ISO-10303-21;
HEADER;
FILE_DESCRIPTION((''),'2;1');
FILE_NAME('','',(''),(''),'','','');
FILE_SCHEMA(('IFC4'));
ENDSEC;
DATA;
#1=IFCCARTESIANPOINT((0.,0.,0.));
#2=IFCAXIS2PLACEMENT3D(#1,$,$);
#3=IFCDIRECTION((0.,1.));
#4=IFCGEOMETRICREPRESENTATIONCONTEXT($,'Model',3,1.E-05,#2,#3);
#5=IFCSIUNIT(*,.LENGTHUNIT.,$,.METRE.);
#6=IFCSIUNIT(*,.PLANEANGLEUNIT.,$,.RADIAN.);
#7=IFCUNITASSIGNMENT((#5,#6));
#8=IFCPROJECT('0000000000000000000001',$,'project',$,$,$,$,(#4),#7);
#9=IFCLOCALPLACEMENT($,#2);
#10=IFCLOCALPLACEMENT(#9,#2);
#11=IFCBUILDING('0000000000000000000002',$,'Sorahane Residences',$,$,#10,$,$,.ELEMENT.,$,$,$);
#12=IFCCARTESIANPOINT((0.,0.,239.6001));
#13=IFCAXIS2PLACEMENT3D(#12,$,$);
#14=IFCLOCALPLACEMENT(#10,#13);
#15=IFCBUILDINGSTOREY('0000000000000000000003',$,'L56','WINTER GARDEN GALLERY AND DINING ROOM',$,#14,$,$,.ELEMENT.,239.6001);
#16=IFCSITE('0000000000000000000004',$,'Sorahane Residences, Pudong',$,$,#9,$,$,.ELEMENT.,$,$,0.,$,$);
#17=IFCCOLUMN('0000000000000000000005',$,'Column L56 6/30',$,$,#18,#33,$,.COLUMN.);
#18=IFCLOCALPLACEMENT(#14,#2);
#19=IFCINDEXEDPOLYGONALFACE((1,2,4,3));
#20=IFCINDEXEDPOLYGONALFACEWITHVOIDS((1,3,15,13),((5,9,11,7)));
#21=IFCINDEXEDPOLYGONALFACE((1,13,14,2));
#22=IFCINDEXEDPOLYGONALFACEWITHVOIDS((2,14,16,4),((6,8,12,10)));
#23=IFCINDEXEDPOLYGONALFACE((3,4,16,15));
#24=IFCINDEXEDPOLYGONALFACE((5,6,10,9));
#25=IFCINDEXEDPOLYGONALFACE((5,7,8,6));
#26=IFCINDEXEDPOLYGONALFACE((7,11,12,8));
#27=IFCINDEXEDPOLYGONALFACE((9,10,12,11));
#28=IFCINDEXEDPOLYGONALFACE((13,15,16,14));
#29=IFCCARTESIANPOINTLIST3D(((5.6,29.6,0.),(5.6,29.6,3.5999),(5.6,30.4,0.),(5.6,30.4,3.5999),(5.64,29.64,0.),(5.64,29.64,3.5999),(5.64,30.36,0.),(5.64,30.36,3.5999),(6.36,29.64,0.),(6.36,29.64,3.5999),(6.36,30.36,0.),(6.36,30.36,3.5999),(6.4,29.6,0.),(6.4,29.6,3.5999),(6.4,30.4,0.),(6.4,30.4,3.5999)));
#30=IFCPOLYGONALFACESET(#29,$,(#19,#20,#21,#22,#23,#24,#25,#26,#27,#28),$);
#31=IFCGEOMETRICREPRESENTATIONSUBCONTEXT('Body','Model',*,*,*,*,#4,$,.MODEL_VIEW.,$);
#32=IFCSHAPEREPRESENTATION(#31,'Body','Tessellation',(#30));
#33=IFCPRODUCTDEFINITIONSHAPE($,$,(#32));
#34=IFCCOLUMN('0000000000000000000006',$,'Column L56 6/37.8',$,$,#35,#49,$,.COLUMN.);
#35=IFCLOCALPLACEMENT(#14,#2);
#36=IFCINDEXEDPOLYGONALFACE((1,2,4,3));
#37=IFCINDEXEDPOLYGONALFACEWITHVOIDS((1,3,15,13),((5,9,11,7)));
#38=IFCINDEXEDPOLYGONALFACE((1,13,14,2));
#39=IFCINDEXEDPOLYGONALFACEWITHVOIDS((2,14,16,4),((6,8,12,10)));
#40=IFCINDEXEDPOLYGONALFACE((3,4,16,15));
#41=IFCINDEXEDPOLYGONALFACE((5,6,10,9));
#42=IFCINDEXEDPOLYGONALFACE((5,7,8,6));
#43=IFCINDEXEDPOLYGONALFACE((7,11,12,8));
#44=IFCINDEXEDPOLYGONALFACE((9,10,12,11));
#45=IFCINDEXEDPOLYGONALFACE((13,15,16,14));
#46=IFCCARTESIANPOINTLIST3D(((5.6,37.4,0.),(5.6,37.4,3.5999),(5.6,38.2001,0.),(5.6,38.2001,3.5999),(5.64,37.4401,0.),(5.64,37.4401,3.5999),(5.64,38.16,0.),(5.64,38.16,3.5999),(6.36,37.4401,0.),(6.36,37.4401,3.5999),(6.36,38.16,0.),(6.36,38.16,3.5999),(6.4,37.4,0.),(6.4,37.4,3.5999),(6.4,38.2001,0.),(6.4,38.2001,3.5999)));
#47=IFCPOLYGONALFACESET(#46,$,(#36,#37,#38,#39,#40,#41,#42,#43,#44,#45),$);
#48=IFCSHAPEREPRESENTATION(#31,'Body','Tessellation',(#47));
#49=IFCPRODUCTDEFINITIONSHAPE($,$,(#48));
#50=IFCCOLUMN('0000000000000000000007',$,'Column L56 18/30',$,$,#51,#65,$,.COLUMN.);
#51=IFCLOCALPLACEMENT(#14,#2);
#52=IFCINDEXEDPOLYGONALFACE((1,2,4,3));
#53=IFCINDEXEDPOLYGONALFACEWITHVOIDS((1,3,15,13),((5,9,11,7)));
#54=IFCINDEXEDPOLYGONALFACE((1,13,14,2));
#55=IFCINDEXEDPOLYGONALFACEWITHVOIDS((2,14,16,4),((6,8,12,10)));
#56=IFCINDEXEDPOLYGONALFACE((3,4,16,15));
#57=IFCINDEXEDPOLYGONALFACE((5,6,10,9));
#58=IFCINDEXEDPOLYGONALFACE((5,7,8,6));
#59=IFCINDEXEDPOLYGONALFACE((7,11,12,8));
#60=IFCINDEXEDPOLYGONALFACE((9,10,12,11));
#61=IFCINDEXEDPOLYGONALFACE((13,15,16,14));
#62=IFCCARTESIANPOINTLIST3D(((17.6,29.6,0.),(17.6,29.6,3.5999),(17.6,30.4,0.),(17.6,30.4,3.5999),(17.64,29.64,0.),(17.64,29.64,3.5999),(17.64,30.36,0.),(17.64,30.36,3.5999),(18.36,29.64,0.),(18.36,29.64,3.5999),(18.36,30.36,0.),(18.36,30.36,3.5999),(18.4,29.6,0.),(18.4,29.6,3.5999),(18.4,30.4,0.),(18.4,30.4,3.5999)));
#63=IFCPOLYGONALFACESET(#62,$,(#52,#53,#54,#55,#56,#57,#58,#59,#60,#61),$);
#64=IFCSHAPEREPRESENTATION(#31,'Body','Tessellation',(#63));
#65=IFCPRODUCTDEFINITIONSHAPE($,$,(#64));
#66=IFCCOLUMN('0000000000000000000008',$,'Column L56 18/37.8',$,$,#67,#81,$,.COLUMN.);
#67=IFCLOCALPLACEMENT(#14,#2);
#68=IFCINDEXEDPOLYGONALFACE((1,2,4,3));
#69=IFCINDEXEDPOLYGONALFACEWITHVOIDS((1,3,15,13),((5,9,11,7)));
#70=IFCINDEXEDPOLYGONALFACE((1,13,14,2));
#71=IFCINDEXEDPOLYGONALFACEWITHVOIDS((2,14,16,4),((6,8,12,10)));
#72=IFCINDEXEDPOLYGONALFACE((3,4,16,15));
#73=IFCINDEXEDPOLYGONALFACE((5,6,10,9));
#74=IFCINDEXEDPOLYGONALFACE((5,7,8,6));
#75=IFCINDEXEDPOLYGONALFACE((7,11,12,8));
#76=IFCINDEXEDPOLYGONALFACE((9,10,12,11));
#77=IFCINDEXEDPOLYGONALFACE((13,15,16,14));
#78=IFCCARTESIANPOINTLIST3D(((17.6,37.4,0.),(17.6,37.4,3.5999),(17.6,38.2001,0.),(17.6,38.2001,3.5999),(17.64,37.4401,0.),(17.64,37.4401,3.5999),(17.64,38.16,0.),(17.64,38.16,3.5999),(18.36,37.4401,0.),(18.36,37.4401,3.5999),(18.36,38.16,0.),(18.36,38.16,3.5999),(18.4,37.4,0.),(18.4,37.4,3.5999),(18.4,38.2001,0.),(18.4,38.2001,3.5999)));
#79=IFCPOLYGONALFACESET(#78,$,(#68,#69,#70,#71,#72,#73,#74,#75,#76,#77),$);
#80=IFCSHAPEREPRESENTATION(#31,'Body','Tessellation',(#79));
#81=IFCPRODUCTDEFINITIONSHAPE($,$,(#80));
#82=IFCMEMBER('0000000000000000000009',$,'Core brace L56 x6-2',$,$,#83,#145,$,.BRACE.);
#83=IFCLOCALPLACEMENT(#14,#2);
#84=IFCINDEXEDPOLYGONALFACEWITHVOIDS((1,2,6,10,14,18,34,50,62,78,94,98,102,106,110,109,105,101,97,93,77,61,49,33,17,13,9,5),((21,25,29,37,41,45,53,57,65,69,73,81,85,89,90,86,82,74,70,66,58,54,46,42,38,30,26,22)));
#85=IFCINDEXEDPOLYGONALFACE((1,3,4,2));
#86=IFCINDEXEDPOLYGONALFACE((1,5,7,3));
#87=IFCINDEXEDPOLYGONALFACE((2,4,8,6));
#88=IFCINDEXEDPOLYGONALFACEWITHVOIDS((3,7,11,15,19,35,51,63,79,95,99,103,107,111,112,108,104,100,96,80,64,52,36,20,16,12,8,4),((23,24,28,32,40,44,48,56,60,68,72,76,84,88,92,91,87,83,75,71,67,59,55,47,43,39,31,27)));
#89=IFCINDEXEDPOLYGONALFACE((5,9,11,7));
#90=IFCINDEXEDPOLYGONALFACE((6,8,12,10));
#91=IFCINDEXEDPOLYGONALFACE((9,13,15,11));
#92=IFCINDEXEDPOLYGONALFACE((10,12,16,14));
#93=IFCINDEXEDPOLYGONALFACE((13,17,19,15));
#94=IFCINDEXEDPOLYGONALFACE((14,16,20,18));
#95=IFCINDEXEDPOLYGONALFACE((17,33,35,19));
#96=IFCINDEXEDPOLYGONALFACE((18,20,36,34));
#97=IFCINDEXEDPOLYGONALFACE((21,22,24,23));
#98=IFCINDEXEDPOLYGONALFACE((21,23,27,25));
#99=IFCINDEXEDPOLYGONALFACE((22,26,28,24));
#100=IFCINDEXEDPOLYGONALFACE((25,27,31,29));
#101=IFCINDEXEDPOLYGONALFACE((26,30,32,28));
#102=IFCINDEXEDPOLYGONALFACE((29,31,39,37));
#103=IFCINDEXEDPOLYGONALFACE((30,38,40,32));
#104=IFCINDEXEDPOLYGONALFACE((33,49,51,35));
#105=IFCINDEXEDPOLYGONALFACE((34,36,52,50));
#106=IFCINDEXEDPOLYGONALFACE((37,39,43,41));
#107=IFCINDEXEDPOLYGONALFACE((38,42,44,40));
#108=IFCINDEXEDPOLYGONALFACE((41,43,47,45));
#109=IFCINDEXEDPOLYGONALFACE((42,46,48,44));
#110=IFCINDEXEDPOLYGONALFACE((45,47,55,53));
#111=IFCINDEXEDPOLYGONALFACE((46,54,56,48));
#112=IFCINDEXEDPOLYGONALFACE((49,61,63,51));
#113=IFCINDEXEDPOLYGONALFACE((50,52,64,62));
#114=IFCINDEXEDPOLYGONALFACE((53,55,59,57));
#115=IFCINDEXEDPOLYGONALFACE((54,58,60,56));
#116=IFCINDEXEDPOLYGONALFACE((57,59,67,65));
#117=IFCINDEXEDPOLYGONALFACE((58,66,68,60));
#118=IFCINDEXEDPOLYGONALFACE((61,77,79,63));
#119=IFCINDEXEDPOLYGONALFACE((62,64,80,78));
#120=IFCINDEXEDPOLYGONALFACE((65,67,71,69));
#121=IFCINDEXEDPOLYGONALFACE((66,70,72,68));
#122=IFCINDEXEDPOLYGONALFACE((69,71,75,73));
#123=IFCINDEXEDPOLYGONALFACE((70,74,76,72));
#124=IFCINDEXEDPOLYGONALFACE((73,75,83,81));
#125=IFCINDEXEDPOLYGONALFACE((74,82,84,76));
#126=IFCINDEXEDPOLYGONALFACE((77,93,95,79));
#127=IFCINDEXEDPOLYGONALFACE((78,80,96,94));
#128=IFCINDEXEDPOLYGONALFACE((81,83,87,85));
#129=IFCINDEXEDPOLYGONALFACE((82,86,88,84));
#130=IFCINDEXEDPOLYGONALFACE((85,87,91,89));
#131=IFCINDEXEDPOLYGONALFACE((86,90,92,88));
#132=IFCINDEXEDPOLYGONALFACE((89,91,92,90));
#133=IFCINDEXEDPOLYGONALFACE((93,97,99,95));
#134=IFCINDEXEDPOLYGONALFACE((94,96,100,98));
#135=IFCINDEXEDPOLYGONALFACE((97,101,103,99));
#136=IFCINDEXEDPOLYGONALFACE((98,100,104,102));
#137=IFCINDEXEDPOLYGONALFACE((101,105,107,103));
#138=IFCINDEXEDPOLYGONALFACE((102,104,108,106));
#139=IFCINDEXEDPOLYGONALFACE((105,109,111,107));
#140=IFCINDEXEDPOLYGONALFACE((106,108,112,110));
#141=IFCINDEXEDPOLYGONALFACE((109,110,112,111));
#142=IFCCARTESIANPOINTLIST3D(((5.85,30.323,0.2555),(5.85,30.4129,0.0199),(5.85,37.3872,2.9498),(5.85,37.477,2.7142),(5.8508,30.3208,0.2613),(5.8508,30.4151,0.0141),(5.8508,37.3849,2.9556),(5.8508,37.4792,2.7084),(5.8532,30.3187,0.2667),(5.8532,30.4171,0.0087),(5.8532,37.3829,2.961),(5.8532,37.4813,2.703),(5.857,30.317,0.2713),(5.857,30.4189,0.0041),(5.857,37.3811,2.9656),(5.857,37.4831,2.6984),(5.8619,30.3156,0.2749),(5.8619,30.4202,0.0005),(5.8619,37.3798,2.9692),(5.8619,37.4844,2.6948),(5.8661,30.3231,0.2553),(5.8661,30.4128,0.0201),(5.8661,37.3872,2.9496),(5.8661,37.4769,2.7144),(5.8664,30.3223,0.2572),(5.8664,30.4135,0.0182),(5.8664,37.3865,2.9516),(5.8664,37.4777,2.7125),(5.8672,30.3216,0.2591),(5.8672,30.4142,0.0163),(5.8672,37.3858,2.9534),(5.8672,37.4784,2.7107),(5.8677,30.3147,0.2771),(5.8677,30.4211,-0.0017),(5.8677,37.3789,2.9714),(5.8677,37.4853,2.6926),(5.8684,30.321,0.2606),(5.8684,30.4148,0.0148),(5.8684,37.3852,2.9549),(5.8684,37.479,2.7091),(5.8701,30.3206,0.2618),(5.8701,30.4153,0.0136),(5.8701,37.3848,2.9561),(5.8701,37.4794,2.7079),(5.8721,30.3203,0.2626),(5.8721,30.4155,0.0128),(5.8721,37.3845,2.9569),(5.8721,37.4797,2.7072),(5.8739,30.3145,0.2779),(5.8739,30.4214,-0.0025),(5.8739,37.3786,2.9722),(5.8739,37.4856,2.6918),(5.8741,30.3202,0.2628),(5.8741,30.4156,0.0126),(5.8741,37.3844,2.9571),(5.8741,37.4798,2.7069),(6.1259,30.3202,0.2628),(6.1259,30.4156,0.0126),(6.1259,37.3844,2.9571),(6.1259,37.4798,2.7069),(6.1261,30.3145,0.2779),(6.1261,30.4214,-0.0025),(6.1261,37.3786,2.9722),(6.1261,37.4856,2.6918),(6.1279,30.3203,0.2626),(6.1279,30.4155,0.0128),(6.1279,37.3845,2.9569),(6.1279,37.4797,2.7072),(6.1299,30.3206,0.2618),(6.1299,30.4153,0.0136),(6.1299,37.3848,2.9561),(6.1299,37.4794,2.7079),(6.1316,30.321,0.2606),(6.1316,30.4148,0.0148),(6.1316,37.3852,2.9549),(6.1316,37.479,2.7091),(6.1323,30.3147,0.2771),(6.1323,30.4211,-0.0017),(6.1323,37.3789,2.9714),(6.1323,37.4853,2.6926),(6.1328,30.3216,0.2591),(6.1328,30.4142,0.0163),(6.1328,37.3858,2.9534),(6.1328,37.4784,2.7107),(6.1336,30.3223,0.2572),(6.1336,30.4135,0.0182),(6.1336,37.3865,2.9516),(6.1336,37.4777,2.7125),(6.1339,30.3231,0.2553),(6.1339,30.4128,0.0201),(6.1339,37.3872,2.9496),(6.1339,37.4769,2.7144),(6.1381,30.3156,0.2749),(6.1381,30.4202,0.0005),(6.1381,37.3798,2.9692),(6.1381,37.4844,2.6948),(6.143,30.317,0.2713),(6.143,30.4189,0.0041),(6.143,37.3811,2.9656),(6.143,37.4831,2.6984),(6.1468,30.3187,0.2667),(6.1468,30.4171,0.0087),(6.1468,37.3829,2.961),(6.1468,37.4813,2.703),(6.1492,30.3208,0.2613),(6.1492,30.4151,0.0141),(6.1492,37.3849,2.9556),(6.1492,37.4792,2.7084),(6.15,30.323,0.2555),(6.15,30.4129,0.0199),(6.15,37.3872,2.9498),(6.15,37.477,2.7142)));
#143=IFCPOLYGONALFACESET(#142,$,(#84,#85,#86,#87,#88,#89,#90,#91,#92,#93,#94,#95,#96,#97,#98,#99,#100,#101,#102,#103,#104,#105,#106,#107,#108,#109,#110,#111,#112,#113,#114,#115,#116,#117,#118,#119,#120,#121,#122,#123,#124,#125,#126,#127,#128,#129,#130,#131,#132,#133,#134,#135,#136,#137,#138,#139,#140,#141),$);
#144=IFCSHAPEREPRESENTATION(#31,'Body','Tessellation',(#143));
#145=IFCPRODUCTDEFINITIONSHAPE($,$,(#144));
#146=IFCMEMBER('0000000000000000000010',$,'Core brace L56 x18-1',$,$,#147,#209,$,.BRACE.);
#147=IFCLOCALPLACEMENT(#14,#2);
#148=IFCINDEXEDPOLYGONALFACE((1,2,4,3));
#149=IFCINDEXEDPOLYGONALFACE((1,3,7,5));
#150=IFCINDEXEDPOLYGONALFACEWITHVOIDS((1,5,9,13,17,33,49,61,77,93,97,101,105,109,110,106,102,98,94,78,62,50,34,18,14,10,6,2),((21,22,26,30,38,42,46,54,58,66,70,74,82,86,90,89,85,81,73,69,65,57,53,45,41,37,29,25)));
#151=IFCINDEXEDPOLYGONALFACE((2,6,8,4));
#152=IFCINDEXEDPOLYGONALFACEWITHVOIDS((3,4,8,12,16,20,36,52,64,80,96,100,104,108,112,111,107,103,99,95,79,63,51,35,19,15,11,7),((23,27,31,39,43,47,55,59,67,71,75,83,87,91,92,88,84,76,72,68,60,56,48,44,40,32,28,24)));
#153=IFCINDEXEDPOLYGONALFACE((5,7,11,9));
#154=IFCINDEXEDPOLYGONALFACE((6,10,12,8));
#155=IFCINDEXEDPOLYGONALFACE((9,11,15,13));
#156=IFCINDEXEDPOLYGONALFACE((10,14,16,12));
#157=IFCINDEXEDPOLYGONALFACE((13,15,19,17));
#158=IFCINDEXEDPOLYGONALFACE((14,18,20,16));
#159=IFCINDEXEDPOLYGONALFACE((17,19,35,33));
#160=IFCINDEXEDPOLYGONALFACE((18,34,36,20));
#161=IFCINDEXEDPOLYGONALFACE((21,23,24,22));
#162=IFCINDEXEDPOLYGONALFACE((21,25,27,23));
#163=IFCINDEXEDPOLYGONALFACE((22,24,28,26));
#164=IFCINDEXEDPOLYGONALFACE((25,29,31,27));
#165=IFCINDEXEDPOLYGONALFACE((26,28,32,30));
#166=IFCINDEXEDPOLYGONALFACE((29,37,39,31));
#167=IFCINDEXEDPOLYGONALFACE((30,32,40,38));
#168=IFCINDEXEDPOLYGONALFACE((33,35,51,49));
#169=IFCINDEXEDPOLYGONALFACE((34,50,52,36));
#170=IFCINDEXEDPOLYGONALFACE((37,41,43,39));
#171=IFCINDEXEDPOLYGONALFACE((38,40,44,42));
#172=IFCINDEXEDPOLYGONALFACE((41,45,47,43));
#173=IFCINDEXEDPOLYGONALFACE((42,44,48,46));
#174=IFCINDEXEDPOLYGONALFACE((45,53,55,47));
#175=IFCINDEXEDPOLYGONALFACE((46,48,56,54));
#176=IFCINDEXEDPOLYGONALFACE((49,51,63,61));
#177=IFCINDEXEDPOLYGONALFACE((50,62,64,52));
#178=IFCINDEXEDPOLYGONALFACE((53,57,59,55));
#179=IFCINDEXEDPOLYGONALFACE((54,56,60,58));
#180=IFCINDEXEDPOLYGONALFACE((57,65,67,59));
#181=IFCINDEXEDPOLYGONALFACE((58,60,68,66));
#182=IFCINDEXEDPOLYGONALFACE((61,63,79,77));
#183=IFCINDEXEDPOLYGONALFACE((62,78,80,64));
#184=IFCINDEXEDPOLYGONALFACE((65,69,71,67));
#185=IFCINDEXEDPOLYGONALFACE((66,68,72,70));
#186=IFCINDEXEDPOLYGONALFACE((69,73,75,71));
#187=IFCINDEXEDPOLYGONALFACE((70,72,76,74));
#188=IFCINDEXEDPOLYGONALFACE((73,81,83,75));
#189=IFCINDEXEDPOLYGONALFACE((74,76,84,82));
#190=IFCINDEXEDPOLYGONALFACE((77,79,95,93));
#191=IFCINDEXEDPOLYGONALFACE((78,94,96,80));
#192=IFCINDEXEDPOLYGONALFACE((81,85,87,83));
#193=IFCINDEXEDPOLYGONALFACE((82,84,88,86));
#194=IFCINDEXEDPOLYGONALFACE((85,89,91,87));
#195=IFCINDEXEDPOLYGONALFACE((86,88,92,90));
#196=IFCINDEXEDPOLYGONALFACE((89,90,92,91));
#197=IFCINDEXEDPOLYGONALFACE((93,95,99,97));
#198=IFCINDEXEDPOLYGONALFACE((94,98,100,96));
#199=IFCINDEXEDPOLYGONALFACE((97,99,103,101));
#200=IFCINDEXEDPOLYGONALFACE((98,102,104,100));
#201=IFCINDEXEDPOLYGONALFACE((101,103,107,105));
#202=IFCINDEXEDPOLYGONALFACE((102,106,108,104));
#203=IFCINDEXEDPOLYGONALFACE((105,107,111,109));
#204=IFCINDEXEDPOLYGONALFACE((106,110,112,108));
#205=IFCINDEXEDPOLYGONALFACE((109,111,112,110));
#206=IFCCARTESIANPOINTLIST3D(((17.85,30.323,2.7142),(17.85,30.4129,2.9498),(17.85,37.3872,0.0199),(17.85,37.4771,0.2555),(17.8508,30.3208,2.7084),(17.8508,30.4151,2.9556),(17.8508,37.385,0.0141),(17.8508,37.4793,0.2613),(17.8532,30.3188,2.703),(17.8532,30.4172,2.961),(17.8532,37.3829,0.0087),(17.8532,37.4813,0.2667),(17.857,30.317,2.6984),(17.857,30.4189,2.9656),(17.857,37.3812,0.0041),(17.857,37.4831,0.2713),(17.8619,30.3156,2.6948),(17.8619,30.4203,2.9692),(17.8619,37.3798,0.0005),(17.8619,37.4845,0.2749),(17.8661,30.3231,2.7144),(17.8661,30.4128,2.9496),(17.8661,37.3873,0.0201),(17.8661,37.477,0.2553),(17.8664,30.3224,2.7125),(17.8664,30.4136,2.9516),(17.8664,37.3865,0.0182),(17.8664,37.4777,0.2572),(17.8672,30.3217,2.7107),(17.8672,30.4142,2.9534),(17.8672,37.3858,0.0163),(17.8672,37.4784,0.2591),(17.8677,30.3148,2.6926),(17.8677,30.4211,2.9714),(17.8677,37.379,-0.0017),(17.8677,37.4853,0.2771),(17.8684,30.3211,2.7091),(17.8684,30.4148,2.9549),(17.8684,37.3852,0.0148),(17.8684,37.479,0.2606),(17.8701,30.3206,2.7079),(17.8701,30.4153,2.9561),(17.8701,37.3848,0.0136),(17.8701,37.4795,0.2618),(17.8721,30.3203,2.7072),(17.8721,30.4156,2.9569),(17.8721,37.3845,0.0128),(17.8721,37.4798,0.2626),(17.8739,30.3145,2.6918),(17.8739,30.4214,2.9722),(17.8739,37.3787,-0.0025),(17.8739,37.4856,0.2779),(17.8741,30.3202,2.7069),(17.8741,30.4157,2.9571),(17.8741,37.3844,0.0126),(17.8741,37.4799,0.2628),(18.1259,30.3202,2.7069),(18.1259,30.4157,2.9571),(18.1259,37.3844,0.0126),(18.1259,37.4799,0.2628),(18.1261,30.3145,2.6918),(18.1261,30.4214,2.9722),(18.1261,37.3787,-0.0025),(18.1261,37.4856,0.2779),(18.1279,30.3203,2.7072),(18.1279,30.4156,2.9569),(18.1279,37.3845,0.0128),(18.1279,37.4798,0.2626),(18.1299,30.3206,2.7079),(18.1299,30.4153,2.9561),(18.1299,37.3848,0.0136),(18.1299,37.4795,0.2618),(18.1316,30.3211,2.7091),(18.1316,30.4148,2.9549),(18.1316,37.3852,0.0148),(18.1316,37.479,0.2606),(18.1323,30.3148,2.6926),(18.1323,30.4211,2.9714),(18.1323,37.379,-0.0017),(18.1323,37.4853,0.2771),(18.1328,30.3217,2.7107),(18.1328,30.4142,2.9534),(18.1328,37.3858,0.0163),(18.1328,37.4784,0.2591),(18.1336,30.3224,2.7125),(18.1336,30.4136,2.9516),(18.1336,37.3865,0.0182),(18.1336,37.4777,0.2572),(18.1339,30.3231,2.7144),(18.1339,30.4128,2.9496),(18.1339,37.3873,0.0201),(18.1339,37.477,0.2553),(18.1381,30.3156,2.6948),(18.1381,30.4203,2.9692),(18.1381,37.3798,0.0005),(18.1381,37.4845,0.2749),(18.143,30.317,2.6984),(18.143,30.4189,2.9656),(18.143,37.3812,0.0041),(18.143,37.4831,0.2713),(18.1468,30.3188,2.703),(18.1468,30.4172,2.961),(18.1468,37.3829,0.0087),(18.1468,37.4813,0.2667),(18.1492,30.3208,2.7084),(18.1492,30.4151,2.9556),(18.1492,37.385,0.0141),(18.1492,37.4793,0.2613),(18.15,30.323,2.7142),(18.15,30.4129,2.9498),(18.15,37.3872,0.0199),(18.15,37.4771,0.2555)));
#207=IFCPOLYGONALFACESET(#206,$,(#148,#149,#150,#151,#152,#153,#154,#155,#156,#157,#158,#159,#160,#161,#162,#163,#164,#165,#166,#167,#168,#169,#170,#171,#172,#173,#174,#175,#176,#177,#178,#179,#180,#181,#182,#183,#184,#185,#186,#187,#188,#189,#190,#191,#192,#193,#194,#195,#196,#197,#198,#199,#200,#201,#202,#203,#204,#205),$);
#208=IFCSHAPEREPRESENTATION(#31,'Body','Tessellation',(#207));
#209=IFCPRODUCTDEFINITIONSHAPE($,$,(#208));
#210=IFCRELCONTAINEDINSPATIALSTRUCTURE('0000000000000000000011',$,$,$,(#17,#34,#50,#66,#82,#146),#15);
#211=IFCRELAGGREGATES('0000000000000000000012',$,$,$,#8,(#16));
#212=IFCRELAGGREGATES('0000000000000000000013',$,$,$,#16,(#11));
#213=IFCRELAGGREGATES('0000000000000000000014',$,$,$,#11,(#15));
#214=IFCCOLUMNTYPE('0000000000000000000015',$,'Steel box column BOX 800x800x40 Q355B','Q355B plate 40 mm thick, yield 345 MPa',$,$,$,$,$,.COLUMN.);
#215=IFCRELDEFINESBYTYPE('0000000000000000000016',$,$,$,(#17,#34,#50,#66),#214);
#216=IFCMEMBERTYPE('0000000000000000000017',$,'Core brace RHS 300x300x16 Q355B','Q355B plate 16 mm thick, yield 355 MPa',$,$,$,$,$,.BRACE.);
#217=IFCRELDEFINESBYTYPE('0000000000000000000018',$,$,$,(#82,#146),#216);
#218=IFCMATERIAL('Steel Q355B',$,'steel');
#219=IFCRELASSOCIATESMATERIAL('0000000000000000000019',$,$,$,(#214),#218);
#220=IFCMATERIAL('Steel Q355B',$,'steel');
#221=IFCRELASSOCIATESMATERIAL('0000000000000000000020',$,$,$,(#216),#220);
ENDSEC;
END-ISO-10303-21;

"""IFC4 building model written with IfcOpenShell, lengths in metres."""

from ifc_helpers import new_model, si_unit, direction, frame, origin, origin_2d, place, context, subcontext, project, spatial, hollow_rectangle, extrude, material, material_profile, profile_set, type_object, element, save


model = new_model("IFC4")

# Units and contexts
model_context = context("Model", 3, precision=1e-05, world=origin(), true_north=direction((0.0, 1.0)))
body_context = subcontext(model_context, "Body", "Model", "MODEL_VIEW")
ifc_project = project(units=[si_unit("LENGTHUNIT", "METRE"), si_unit("PLANEANGLEUNIT", "RADIAN")], contexts=[model_context])

# Site, building, storey
site_placement = place(None, origin())
site = spatial("IfcSite", under=ifc_project, at=site_placement, Name="Sorahane Residences, Pudong", CompositionType="ELEMENT", RefElevation=0.0)
building_placement = place(site_placement, origin())
building = spatial("IfcBuilding", under=site, at=building_placement, Name="Sorahane Residences", CompositionType="ELEMENT")
storey_placement = place(building_placement, frame((0.0, 0.0, 239.6001)))
storey = spatial("IfcBuildingStorey", under=building, at=storey_placement, Name="L56", Description="WINTER GARDEN GALLERY AND DINING ROOM", CompositionType="ELEMENT", Elevation=239.6001)

# Columns
ifc_material_1 = material(Name="Steel Q355B", Category="steel")
ifc_material_profile_1 = material_profile(ifc_material_1, hollow_rectangle(XDim=0.8, YDim=0.8, WallThickness=0.04, at=origin_2d()), Name="BOX 800x800x40")
ifc_profile_set_1 = profile_set([ifc_material_profile_1], Name="Steel Q355B")
column_type = type_object("IfcColumnType", Name="Steel box column BOX 800x800x40 Q355B", Description="Q355B plate 40 mm thick, yield 345 MPa", PredefinedType="COLUMN", material=ifc_profile_set_1)
for number, where, z_axis, x_axis, name in (
    (1, (6.0, 30.0, 0.0), (0.0, 0.0, 1.0), (1.0, 0.0, 0.0), "Column L56 6/30"),
    (2, (6.0, 37.8, 0.0), (0.0, 0.0, 1.0), (1.0, 0.0, 0.0), "Column L56 6/37.8"),
    (3, (18.0, 30.0, 0.0), (0.0, 0.0, 1.0), (1.0, 0.0, 0.0), "Column L56 18/30"),
    (4, (18.0, 37.8, 0.0), (0.0, 0.0, 1.0), (1.0, 0.0, 0.0), "Column L56 18/37.8"),
):
    element("IfcColumn", number, at=place(storey_placement, frame(where, z_axis=z_axis, x_axis=x_axis)), inside=storey, type_object=column_type, Name=name, PredefinedType="COLUMN", context=body_context, shape_type="SweptSolid", body=[
        extrude(hollow_rectangle(XDim=0.8, YDim=0.8, WallThickness=0.04, at=origin_2d()), origin(), (0.0, 0.0, 1.0), 3.5999),
    ])

# Members
ifc_material_2 = material(Name="Steel Q355B", Category="steel")
ifc_material_profile_2 = material_profile(ifc_material_2, hollow_rectangle(XDim=0.3, YDim=0.3, WallThickness=0.0161, InnerFilletRadius=0.0081, OuterFilletRadius=0.0239, at=origin_2d()), Name="RHS 300x300x16")
ifc_profile_set_2 = profile_set([ifc_material_profile_2], Name="Steel Q355B")
member_type = type_object("IfcMemberType", Name="Core brace RHS 300x300x16 Q355B", Description="Q355B plate 16 mm thick, yield 355 MPa", PredefinedType="BRACE", material=ifc_profile_set_2)
for number, where, z_axis, x_axis, name in (
    (5, (6.0, 30.3679, 0.1377), (0.0, 0.934346, 0.356366), (-1.0, 0.0, 0.0), "Core brace L56 x6-2"),
    (6, (18.0, 37.4321, 0.1377), (0.0, -0.934346, 0.356366), (1.0, 0.0, 0.0), "Core brace L56 x18-1"),
):
    element("IfcMember", number, at=place(storey_placement, frame(where, z_axis=z_axis, x_axis=x_axis)), inside=storey, type_object=member_type, Name=name, PredefinedType="BRACE", context=body_context, shape_type="SweptSolid", body=[
        extrude(hollow_rectangle(XDim=0.3, YDim=0.3, WallThickness=0.0161, InnerFilletRadius=0.0081, OuterFilletRadius=0.0239, at=origin_2d()), origin(), (0.0, 0.0, 1.0), 7.5605),
    ])

save(model, "model.ifc")
